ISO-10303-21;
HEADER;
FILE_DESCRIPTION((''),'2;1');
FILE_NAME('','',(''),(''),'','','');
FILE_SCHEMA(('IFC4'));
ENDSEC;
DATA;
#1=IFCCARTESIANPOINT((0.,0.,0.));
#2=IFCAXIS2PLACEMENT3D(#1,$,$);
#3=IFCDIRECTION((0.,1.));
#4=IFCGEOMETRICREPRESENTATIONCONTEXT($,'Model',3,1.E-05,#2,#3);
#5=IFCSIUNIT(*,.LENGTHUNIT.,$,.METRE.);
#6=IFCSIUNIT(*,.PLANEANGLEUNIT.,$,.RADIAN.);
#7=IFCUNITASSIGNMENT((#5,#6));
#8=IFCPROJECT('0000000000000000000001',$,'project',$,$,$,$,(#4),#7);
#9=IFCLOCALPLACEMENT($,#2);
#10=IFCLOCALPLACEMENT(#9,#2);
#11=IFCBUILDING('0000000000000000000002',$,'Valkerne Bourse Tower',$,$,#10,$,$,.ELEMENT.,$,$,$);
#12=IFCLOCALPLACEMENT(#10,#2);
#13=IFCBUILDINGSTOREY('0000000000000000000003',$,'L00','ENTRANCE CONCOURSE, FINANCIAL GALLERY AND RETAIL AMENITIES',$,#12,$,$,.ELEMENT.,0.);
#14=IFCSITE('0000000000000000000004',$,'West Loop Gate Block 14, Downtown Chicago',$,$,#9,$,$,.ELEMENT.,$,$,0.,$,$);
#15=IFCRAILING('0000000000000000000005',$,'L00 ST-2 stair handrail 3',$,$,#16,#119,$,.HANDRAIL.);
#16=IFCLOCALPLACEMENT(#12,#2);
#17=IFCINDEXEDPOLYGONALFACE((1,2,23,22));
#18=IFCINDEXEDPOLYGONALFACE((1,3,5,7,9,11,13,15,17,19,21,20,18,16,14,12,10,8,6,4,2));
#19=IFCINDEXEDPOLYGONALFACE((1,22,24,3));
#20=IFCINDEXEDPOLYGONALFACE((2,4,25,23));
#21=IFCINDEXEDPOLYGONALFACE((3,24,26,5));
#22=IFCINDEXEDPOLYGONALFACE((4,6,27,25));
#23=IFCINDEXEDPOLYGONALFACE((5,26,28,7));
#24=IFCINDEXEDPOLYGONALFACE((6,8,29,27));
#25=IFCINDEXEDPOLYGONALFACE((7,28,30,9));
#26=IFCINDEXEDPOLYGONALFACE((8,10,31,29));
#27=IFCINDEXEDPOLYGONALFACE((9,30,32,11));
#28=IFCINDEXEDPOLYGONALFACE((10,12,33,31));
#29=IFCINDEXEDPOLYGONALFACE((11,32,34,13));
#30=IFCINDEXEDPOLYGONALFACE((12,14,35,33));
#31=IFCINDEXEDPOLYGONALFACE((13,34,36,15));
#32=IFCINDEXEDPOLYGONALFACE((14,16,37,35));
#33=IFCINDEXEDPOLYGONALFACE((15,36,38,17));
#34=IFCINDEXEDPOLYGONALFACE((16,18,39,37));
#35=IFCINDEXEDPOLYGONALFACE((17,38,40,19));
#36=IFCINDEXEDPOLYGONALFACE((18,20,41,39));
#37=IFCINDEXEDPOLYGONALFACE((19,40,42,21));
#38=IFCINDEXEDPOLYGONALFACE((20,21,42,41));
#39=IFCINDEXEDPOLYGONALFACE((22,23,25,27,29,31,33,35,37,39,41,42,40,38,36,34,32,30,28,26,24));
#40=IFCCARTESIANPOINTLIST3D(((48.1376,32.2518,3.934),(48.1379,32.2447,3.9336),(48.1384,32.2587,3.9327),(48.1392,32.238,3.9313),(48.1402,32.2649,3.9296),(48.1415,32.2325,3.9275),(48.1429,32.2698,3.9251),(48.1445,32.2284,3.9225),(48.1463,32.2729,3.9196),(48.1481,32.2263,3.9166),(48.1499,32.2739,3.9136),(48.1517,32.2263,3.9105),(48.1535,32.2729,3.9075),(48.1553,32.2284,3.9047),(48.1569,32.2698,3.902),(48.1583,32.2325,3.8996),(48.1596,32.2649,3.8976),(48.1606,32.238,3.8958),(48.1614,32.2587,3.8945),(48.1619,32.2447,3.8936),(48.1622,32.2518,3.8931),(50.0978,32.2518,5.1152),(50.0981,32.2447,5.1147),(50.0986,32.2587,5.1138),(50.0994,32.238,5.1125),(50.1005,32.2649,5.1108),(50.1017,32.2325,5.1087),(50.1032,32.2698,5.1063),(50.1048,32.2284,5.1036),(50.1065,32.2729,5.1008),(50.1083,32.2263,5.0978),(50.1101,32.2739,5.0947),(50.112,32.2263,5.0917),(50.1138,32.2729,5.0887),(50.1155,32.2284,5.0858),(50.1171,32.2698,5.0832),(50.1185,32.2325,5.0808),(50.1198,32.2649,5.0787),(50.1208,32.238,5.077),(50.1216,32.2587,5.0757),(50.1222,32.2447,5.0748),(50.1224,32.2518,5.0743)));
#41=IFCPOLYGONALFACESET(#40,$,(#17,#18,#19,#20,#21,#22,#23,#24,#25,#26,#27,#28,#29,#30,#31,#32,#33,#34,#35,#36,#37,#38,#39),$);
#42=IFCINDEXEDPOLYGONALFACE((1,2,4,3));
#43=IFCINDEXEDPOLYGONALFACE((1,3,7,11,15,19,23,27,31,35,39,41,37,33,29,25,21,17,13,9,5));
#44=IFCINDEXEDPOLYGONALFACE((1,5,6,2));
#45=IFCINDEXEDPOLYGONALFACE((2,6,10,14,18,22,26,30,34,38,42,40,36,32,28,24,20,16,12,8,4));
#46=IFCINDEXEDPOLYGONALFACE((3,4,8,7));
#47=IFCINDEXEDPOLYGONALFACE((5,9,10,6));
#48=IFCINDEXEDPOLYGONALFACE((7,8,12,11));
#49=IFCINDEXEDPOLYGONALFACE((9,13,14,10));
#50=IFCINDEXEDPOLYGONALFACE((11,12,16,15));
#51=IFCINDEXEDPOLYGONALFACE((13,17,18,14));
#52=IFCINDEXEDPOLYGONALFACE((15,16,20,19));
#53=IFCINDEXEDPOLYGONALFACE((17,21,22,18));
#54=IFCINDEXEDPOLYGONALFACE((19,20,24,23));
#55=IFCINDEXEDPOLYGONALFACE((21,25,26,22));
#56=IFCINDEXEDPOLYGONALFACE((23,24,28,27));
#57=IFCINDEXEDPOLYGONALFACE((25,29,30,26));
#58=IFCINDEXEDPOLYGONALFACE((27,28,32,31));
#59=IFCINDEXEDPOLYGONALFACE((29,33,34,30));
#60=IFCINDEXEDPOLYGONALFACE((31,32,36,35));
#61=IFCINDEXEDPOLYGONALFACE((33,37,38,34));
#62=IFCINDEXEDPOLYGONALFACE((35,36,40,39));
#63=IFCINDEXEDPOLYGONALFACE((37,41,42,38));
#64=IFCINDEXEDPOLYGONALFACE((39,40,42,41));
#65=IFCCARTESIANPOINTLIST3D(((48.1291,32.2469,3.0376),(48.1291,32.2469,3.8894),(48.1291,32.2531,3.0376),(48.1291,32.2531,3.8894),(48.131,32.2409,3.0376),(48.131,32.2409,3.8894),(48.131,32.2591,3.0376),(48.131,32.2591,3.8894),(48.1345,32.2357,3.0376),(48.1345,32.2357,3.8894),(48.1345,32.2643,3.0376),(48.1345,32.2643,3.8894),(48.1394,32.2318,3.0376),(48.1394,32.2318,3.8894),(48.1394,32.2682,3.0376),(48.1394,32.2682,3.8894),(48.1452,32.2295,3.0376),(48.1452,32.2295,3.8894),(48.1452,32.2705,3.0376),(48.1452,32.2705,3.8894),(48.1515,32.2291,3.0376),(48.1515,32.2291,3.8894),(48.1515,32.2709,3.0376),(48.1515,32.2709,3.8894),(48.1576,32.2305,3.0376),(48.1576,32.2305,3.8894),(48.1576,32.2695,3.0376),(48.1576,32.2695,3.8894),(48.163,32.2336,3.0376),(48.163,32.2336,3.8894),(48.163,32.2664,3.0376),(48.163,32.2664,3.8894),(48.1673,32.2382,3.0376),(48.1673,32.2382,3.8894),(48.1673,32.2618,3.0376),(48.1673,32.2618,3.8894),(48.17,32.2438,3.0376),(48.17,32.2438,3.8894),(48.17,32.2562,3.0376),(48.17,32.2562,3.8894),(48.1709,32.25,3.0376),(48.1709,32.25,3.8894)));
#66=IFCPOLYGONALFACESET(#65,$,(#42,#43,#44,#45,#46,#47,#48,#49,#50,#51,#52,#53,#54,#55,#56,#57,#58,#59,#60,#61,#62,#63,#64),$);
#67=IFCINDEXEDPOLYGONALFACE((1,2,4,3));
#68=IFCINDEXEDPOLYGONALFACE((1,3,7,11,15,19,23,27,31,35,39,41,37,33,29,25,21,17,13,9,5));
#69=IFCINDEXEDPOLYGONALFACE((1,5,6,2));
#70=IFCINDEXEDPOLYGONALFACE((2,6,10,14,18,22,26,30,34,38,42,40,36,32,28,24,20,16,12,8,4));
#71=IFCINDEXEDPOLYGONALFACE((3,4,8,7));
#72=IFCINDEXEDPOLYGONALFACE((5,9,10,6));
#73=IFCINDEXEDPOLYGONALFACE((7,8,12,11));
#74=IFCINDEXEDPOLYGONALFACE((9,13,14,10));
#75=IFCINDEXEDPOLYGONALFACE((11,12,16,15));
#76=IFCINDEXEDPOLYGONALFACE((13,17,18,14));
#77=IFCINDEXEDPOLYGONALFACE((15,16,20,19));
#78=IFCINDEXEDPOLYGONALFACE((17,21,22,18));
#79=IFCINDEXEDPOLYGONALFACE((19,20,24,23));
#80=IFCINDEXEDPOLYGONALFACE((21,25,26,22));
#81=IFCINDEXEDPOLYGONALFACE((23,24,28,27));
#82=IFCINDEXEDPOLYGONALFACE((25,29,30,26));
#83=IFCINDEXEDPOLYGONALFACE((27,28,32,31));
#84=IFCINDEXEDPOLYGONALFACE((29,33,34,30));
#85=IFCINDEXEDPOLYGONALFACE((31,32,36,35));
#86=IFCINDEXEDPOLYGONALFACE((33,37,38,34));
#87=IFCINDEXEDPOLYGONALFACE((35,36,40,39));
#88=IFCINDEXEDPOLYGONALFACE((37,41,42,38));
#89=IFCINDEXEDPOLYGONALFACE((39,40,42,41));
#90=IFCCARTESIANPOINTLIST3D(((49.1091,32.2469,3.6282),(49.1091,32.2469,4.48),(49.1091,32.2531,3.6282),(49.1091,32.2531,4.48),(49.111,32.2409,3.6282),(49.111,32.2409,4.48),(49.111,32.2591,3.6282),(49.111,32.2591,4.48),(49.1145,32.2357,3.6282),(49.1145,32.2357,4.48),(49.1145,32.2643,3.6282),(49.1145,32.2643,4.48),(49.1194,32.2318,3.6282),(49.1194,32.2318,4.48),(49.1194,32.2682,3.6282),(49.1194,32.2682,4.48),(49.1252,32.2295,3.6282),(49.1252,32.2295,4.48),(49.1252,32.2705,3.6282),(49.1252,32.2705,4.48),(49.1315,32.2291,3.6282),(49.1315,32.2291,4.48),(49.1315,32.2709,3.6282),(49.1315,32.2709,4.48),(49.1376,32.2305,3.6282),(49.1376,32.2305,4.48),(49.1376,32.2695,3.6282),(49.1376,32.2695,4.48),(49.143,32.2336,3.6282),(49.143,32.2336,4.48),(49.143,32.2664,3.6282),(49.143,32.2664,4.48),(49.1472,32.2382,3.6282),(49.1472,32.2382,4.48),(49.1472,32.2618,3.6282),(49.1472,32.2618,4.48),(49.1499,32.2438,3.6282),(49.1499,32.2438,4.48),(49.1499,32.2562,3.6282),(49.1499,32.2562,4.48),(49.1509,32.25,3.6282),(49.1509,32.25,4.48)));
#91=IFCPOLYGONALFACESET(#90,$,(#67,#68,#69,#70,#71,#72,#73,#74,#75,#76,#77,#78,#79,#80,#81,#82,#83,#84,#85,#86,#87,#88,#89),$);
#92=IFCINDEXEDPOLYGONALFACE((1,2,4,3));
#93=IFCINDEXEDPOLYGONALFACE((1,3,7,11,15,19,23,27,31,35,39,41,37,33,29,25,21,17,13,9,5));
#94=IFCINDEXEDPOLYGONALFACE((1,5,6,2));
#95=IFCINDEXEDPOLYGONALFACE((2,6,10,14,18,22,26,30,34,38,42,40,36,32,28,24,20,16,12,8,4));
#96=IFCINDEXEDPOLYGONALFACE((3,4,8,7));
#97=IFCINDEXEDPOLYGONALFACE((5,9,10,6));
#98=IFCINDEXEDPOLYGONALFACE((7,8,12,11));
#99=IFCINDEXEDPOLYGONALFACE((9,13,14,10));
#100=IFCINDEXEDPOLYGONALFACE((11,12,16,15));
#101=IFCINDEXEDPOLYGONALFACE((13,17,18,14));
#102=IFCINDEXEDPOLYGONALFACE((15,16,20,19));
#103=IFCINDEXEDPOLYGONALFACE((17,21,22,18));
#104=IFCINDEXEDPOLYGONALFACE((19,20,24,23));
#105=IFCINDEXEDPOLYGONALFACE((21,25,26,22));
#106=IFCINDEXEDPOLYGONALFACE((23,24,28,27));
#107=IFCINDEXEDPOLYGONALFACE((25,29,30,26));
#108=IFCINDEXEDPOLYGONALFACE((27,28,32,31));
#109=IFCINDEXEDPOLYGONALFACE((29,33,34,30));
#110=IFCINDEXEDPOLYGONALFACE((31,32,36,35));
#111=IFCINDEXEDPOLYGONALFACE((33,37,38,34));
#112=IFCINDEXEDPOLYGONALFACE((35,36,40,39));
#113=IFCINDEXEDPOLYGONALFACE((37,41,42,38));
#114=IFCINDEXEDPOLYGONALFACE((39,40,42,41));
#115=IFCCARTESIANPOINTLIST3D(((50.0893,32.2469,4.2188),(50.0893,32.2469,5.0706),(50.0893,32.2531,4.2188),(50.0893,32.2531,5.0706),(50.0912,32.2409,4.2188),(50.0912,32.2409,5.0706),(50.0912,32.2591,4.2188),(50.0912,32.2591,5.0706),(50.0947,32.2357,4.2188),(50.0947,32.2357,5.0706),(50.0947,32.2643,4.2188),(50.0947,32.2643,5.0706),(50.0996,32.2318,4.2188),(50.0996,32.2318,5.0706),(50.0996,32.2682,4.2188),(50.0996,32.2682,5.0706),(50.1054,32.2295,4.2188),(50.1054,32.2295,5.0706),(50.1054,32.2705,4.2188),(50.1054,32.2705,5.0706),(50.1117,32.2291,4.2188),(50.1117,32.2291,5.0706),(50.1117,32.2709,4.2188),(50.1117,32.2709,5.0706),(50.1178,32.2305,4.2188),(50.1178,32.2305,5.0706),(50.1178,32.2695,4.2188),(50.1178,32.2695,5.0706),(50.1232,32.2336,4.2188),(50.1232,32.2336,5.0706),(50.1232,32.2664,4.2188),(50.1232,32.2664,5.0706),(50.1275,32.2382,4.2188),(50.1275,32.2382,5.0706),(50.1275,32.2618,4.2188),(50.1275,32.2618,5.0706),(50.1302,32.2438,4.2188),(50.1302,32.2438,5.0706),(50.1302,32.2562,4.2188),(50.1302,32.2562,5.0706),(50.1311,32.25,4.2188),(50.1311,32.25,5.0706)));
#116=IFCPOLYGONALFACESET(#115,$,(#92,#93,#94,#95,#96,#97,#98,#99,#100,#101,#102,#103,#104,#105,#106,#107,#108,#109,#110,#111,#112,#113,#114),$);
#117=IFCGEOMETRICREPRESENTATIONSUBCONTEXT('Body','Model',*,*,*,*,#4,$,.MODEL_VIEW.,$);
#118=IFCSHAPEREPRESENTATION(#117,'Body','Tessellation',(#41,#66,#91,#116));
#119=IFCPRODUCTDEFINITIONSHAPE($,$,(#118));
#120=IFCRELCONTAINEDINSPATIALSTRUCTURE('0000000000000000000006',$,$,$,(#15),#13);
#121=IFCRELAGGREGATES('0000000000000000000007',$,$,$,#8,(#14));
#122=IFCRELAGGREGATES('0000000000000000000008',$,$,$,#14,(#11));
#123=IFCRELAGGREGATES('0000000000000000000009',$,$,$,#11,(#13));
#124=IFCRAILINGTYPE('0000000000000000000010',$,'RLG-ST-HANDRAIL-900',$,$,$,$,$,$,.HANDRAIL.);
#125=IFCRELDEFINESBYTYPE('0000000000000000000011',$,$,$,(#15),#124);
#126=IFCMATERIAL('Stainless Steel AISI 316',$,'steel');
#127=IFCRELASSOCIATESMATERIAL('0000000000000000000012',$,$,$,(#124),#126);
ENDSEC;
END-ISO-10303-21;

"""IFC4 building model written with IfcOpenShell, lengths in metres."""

from ifc_helpers import new_model, si_unit, direction, frame, origin, origin_2d, place, context, subcontext, project, spatial, circle, extrude, material, type_object, element, save


model = new_model("IFC4")

# Units and contexts
model_context = context("Model", 3, precision=1e-05, world=origin(), true_north=direction((0.0, 1.0)))
body_context = subcontext(model_context, "Body", "Model", "MODEL_VIEW")
ifc_project = project(units=[si_unit("LENGTHUNIT", "METRE"), si_unit("PLANEANGLEUNIT", "RADIAN")], contexts=[model_context])

# Site, building, storey
site_placement = place(None, origin())
site = spatial("IfcSite", under=ifc_project, at=site_placement, Name="West Loop Gate Block 14, Downtown Chicago", CompositionType="ELEMENT", RefElevation=0.0)
building_placement = place(site_placement, origin())
building = spatial("IfcBuilding", under=site, at=building_placement, Name="Valkerne Bourse Tower", CompositionType="ELEMENT")
storey_placement = place(building_placement, origin())
storey = spatial("IfcBuildingStorey", under=building, at=storey_placement, Name="L00", Description="ENTRANCE CONCOURSE, FINANCIAL GALLERY AND RETAIL AMENITIES", CompositionType="ELEMENT", Elevation=0.0)

# Shared definitions
ifc_material_1 = material(Name="Stainless Steel AISI 316", Category="steel")

# Railing
railing_type_1 = type_object("IfcRailingType", Name="RLG-ST-HANDRAIL-900", PredefinedType="HANDRAIL", material=ifc_material_1)
railing_1_placement = place(storey_placement, frame((48.1499, 32.25, 3.0376)))
element("IfcRailing", 1, at=railing_1_placement, inside=storey, type_object=railing_type_1, Name="L00 ST-2 stair handrail 3", PredefinedType="HANDRAIL", context=body_context, shape_type="SweptSolid", body=[
    extrude(circle(Radius=0.0239, at=origin_2d()), frame((0.0, 0.0, 0.876), z_axis=(0.856522, 0.0, 0.516111), x_axis=(0.0, 1.0, 0.0)), (0.0, 0.0, 1.0), 2.2886),
    extrude(circle(Radius=0.021, at=origin_2d()), origin(), (0.0, 0.0, 1.0), 0.8518),
    extrude(circle(Radius=0.021, at=origin_2d()), frame((0.98, 0.0, 0.5906)), (0.0, 0.0, 1.0), 0.8518),
    extrude(circle(Radius=0.021, at=origin_2d()), frame((1.9602, 0.0, 1.1812)), (0.0, 0.0, 1.0), 0.8518),
])

save(model, "model.ifc")
